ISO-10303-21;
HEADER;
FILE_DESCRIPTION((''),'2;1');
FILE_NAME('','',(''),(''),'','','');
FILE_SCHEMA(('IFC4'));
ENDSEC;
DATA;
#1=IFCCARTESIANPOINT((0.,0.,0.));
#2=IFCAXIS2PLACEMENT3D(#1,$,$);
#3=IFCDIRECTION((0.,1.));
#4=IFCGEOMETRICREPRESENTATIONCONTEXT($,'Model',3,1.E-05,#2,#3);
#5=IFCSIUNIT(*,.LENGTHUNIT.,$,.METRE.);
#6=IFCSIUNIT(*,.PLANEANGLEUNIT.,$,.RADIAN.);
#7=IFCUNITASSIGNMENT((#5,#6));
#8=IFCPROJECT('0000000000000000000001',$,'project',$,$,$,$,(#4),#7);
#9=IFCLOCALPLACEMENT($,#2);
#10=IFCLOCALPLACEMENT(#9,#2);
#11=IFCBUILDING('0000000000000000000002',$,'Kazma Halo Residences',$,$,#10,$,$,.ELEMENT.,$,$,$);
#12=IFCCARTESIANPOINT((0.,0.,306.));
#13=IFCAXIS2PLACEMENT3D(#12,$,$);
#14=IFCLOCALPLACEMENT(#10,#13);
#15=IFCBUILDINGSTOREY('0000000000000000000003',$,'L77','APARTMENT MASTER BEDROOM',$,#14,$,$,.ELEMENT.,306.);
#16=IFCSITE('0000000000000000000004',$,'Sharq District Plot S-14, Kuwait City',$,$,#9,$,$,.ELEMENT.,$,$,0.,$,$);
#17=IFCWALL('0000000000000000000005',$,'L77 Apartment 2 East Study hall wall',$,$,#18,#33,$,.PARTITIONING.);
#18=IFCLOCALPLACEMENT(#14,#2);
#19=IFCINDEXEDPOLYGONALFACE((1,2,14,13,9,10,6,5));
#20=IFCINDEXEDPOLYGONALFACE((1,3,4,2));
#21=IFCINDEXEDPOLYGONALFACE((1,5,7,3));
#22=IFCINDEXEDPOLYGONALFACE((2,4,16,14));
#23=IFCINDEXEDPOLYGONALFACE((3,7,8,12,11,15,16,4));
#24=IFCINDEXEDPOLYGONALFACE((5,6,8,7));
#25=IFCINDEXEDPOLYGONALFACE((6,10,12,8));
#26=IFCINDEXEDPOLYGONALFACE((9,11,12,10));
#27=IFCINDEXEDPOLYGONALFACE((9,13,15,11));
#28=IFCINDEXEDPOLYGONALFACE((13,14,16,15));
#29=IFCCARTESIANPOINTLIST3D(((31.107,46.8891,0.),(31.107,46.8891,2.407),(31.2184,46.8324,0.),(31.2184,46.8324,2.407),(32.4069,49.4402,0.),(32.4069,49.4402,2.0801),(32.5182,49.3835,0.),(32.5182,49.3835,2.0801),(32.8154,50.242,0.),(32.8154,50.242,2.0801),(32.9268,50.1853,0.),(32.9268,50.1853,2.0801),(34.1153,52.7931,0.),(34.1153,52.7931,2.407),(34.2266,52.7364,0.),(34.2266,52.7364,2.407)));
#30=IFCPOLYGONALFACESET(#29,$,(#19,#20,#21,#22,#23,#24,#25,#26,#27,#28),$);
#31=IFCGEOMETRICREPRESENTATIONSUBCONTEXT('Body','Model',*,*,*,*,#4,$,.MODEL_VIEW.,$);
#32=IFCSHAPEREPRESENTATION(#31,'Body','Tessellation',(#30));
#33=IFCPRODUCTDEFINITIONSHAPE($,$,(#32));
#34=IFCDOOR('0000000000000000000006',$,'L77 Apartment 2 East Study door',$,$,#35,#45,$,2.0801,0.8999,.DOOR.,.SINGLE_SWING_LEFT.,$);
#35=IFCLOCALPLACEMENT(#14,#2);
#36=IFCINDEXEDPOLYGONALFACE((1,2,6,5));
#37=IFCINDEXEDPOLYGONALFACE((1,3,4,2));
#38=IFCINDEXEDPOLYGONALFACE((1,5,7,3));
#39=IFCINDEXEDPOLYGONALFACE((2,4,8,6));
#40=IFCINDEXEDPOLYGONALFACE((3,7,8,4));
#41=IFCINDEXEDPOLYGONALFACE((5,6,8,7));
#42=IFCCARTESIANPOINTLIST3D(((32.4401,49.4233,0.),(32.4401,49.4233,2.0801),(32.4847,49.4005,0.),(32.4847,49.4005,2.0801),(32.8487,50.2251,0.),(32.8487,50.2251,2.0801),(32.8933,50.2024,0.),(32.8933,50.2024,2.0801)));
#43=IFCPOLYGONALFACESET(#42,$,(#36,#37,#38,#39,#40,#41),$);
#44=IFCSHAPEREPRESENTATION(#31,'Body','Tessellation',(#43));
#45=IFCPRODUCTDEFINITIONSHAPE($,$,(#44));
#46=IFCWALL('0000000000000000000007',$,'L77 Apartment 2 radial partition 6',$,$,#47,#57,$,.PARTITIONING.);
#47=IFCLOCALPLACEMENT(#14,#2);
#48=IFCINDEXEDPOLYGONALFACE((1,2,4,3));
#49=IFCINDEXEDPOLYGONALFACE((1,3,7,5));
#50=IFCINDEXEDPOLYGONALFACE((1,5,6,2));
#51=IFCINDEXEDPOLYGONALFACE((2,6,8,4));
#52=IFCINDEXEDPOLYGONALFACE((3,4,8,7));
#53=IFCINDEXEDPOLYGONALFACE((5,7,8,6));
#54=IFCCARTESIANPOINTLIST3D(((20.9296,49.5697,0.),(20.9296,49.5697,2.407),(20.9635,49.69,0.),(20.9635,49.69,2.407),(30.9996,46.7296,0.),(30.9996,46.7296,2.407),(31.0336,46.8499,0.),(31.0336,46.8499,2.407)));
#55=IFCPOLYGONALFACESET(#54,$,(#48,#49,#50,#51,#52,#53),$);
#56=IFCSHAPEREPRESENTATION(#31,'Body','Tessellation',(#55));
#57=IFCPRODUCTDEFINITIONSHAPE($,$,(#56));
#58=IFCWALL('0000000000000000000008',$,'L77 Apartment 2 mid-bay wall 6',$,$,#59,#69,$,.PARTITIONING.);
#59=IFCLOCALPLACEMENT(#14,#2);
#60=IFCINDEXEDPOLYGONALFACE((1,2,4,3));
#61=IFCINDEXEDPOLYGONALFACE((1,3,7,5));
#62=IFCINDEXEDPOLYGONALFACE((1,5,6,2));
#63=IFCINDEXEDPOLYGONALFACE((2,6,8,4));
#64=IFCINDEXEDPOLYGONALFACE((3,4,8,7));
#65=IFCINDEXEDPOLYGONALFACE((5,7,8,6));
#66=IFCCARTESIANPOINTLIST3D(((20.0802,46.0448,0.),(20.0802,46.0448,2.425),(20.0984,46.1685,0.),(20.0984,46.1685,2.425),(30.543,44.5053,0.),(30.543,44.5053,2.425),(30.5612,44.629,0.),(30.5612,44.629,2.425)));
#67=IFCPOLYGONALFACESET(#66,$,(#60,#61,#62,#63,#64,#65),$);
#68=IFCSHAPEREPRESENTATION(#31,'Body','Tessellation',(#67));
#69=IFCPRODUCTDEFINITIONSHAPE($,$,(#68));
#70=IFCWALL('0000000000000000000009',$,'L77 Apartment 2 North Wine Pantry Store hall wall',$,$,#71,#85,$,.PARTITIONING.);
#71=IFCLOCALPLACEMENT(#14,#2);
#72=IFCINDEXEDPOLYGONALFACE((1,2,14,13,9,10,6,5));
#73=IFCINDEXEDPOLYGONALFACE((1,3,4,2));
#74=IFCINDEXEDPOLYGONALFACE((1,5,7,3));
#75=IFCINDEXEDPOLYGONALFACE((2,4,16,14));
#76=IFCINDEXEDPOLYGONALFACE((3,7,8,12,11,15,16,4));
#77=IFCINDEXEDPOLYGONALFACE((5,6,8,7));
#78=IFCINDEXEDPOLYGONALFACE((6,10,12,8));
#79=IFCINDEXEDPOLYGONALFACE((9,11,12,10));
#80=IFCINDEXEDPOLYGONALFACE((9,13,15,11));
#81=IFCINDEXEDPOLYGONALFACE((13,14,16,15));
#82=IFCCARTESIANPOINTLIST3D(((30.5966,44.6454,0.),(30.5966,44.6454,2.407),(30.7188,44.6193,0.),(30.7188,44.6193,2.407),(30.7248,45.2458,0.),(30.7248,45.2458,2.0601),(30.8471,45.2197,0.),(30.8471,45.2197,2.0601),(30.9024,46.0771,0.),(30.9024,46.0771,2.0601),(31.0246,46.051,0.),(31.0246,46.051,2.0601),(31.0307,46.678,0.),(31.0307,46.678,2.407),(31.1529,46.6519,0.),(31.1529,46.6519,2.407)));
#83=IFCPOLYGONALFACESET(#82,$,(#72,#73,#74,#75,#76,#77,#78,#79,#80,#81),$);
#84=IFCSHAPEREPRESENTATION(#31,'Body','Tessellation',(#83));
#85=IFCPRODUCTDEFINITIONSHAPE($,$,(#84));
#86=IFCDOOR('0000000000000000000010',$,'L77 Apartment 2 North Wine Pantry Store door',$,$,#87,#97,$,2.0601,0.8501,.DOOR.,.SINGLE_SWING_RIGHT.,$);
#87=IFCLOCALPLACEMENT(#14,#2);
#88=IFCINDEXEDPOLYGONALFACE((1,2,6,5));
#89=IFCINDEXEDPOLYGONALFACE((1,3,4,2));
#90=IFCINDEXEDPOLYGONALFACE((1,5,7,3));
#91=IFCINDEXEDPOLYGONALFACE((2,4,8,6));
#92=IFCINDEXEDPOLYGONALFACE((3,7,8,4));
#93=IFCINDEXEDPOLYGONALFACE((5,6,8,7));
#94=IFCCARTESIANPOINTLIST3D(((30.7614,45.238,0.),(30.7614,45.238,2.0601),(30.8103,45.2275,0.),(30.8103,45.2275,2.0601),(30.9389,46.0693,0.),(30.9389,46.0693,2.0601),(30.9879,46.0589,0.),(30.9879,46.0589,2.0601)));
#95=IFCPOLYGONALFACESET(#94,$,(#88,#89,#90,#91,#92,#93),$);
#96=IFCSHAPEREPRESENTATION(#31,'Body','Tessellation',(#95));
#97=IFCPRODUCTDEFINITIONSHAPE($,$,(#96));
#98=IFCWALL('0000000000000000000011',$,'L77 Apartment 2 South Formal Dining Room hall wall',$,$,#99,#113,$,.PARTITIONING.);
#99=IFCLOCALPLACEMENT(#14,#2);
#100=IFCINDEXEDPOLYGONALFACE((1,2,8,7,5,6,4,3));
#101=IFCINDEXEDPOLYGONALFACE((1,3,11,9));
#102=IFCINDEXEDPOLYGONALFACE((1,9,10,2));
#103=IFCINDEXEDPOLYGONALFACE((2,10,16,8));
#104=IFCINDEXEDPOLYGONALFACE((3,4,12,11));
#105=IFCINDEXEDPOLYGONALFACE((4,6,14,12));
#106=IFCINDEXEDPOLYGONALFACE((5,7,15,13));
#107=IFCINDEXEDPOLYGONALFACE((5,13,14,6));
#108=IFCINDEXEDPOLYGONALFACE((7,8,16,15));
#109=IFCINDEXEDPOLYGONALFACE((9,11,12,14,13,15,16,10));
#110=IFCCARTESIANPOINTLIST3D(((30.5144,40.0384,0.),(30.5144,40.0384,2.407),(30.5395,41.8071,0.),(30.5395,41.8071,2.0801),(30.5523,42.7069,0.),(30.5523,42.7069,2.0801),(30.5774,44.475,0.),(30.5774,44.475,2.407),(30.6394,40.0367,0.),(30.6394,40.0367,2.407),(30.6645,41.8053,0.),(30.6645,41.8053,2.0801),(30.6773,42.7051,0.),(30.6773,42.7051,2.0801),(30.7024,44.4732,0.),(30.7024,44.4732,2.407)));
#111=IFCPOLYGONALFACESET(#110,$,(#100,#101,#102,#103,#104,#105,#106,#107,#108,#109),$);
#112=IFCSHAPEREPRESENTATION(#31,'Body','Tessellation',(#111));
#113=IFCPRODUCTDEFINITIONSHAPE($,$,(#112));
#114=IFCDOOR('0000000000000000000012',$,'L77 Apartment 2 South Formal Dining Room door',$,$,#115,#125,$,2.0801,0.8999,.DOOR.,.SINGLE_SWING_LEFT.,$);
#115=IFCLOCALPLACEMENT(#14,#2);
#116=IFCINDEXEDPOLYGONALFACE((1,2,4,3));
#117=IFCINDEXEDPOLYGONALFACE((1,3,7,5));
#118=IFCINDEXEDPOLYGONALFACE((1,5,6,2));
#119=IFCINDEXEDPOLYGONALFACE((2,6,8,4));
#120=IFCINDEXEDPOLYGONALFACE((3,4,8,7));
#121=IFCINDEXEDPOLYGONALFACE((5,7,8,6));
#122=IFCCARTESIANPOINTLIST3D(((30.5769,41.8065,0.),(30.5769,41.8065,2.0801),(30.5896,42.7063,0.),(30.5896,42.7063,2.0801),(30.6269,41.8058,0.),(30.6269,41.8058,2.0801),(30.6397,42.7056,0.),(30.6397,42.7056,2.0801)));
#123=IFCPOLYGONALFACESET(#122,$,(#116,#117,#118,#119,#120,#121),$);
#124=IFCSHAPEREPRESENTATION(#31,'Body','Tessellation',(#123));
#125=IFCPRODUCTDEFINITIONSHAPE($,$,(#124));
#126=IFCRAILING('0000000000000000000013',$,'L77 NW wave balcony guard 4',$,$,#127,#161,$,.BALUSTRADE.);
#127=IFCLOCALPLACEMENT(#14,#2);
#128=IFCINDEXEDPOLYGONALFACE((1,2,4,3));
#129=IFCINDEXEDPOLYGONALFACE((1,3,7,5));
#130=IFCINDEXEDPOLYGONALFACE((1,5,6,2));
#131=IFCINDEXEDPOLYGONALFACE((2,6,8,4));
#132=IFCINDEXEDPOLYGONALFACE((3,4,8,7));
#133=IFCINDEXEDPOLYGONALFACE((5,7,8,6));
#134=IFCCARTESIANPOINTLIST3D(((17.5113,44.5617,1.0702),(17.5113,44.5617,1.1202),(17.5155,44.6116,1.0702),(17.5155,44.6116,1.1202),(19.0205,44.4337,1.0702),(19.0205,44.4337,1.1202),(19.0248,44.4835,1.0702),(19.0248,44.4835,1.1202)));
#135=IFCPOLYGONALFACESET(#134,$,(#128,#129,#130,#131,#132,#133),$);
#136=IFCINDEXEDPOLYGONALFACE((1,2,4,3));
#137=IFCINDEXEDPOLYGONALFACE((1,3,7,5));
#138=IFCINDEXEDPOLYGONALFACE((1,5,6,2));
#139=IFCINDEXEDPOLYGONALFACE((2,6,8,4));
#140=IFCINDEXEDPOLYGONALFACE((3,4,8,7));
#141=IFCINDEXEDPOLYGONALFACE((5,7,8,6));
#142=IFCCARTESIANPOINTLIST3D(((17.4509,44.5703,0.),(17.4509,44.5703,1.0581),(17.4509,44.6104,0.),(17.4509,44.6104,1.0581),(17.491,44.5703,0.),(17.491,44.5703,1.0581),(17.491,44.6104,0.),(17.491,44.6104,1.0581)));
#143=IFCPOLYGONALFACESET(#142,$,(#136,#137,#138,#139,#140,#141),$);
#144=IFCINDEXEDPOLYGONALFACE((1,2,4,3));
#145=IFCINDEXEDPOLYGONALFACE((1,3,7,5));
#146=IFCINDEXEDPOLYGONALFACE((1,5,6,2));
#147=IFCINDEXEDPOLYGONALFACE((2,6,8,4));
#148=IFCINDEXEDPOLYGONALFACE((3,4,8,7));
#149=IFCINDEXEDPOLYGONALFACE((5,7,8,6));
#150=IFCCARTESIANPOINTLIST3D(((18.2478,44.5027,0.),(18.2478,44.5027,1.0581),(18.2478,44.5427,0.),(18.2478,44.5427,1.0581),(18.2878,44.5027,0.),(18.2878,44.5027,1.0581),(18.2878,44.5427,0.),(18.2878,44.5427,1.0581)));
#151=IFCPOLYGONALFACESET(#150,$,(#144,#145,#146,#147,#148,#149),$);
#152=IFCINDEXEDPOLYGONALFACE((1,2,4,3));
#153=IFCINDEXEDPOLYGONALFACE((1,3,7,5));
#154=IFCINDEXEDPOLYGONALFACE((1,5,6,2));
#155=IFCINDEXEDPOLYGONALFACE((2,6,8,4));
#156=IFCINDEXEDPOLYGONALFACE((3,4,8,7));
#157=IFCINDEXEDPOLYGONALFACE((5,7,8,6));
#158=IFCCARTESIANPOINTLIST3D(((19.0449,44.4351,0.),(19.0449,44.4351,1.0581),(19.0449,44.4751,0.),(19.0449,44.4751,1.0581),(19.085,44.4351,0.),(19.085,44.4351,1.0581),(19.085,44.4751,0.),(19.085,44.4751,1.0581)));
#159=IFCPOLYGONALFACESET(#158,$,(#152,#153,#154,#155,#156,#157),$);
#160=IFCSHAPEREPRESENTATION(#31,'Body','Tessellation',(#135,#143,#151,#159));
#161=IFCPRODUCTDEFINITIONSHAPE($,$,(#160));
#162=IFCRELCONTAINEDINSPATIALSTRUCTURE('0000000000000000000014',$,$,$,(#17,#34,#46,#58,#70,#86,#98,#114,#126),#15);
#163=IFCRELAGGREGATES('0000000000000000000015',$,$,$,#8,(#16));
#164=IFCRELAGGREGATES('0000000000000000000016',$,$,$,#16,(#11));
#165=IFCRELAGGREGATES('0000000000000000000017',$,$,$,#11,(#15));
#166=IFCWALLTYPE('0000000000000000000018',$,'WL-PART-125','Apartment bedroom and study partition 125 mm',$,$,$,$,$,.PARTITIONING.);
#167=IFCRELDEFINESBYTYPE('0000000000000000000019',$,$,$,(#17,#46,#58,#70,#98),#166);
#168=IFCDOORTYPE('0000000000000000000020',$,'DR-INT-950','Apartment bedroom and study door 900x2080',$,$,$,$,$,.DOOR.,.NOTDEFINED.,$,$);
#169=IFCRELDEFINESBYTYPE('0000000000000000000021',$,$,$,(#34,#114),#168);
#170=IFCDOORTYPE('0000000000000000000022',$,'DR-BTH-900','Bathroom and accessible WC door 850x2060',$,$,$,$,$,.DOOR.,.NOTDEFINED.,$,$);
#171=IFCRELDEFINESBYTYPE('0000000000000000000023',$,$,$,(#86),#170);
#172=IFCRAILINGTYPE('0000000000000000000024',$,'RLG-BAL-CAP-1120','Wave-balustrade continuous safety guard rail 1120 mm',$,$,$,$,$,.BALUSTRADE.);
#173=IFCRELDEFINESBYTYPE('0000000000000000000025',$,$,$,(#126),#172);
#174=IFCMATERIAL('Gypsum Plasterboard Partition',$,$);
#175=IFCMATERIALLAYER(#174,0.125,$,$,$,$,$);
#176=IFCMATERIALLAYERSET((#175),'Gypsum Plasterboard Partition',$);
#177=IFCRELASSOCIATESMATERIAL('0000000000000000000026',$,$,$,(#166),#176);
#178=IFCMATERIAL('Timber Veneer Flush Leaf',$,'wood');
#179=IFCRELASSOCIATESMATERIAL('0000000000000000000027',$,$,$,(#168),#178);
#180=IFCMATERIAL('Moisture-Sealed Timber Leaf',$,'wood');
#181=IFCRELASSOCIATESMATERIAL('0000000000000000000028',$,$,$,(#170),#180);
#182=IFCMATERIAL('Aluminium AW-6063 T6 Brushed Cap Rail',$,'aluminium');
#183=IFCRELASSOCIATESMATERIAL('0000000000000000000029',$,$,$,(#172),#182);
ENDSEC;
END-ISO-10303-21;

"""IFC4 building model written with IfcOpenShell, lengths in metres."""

from ifc_helpers import new_model, si_unit, direction, frame, frame_2d, origin, origin_2d, place, context, subcontext, project, spatial, rectangle, extrude, material, layer, layer_set, type_object, element, fill, save


model = new_model("IFC4")

# Units and contexts
model_context = context("Model", 3, precision=1e-05, world=origin(), true_north=direction((0.0, 1.0)))
body_context = subcontext(model_context, "Body", "Model", "MODEL_VIEW")
ifc_project = project(units=[si_unit("LENGTHUNIT", "METRE"), si_unit("PLANEANGLEUNIT", "RADIAN")], contexts=[model_context])

# Site, building, storey
site_placement = place(None, origin())
site = spatial("IfcSite", under=ifc_project, at=site_placement, Name="Sharq District Plot S-14, Kuwait City", CompositionType="ELEMENT", RefElevation=0.0)
building_placement = place(site_placement, origin())
building = spatial("IfcBuilding", under=site, at=building_placement, Name="Kazma Halo Residences", CompositionType="ELEMENT")
storey_placement = place(building_placement, frame((0.0, 0.0, 306.0)))
storey = spatial("IfcBuildingStorey", under=building, at=storey_placement, Name="L77", Description="APARTMENT MASTER BEDROOM", CompositionType="ELEMENT", Elevation=306.0)

# Wall, opening, door
ifc_material_1 = material(Name="Gypsum Plasterboard Partition")
ifc_layer_1 = layer(ifc_material_1, 0.125)
ifc_layer_set_1 = layer_set([ifc_layer_1], Name="Gypsum Plasterboard Partition")
wall_type_1 = type_object("IfcWallType", Name="WL-PART-125", Description="Apartment bedroom and study partition 125 mm", PredefinedType="PARTITIONING", material=ifc_layer_set_1)
wall_1_placement = place(storey_placement, frame((34.1709, 52.7646, 0.0), z_axis=(0.0, 0.0, 1.0), x_axis=(-0.453995, -0.891004, 0.0)))
wall_1 = element("IfcWall", 1, at=wall_1_placement, inside=storey, type_object=wall_type_1, Name="L77 Apartment 2 East Study hall wall", PredefinedType="PARTITIONING", context=body_context, shape_type="SweptSolid", body=[
    extrude(rectangle(XDim=6.6262, YDim=0.125, at=frame_2d((3.313, 0.0))), origin(), (0.0, 0.0, 1.0), 2.407),
])
opening_1_placement = place(wall_1_placement, frame((2.863, 0.0, 0.0)))
opening_1 = element("IfcOpeningElement", 2, at=opening_1_placement, cuts=wall_1, PredefinedType="OPENING", context=body_context, shape_type="SweptSolid", body=[
    extrude(rectangle(XDim=0.8999, YDim=2.0801, at=frame_2d((0.45, 1.04))), frame((0.0, 0.0725, 0.0), z_axis=(0.0, -1.0, 0.0), x_axis=(1.0, 0.0, 0.0)), (0.0, 0.0, 1.0), 0.145),
])
ifc_material_2 = material(Name="Timber Veneer Flush Leaf", Category="wood")
door_type_1 = type_object("IfcDoorType", Name="DR-INT-950", Description="Apartment bedroom and study door 900x2080", OperationType="NOTDEFINED", PredefinedType="DOOR", material=ifc_material_2)
door_1_placement = place(opening_1_placement, origin())
door_1 = element("IfcDoor", 3, at=door_1_placement, inside=storey, type_object=door_type_1, Name="L77 Apartment 2 East Study door", OperationType="SINGLE_SWING_LEFT", OverallHeight=2.0801, OverallWidth=0.8999, PredefinedType="DOOR", context=body_context, shape_type="SweptSolid", body=[
    extrude(rectangle(XDim=0.8999, YDim=2.0801, at=frame_2d((0.45, 1.04))), frame((0.0, 0.0249, 0.0), z_axis=(0.0, -1.0, 0.0), x_axis=(1.0, 0.0, 0.0)), (0.0, 0.0, 1.0), 0.05),
])
fill(opening_1, door_1)

# Walls
wall_2_placement = place(storey_placement, frame((31.0166, 46.7898, 0.0), z_axis=(0.0, 0.0, 1.0), x_axis=(-0.962454, 0.271444, 0.0)))
element("IfcWall", 4, at=wall_2_placement, inside=storey, type_object=wall_type_1, Name="L77 Apartment 2 radial partition 6", PredefinedType="PARTITIONING", context=body_context, shape_type="SweptSolid", body=[
    extrude(rectangle(XDim=10.4629, YDim=0.125, at=frame_2d((5.2314, 0.0))), origin(), (0.0, 0.0, 1.0), 2.407),
])
wall_3_placement = place(storey_placement, frame((30.552, 44.5671, 0.0), z_axis=(0.0, 0.0, 1.0), x_axis=(-0.989347, 0.145576, 0.0)))
element("IfcWall", 5, at=wall_3_placement, inside=storey, type_object=wall_type_1, Name="L77 Apartment 2 mid-bay wall 6", PredefinedType="PARTITIONING", context=body_context, shape_type="SweptSolid", body=[
    extrude(rectangle(XDim=10.5754, YDim=0.125, at=frame_2d((5.2876, 0.0))), origin(), (0.0, 0.0, 1.0), 2.425),
])

# Walls, openings, doors
wall_4_placement = place(storey_placement, frame((31.0918, 46.6648, 0.0), z_axis=(0.0, 0.0, 1.0), x_axis=(-0.208863, -0.977945, 0.0)))
wall_4 = element("IfcWall", 6, at=wall_4_placement, inside=storey, type_object=wall_type_1, Name="L77 Apartment 2 North Wine Pantry Store hall wall", PredefinedType="PARTITIONING", context=body_context, shape_type="SweptSolid", body=[
    extrude(rectangle(XDim=2.0784, YDim=0.125, at=frame_2d((1.0391, 0.0))), origin(), (0.0, 0.0, 1.0), 2.407),
])
opening_2_placement = place(wall_4_placement, frame((0.6143, 0.0, 0.0)))
opening_2 = element("IfcOpeningElement", 7, at=opening_2_placement, cuts=wall_4, PredefinedType="OPENING", context=body_context, shape_type="SweptSolid", body=[
    extrude(rectangle(XDim=0.8501, YDim=2.0601, at=frame_2d((0.425, 1.03))), frame((0.0, 0.0725, 0.0), z_axis=(0.0, -1.0, 0.0), x_axis=(1.0, 0.0, 0.0)), (0.0, 0.0, 1.0), 0.145),
])
ifc_material_3 = material(Name="Moisture-Sealed Timber Leaf", Category="wood")
door_type_2 = type_object("IfcDoorType", Name="DR-BTH-900", Description="Bathroom and accessible WC door 850x2060", OperationType="NOTDEFINED", PredefinedType="DOOR", material=ifc_material_3)
door_2_placement = place(opening_2_placement, origin())
door_2 = element("IfcDoor", 8, at=door_2_placement, inside=storey, type_object=door_type_2, Name="L77 Apartment 2 North Wine Pantry Store door", OperationType="SINGLE_SWING_RIGHT", OverallHeight=2.0601, OverallWidth=0.8501, PredefinedType="DOOR", context=body_context, shape_type="SweptSolid", body=[
    extrude(rectangle(XDim=0.8501, YDim=2.0601, at=frame_2d((0.425, 1.03))), frame((0.0, 0.0249, 0.0), z_axis=(0.0, -1.0, 0.0), x_axis=(1.0, 0.0, 0.0)), (0.0, 0.0, 1.0), 0.05),
])
fill(opening_2, door_2)
wall_5_placement = place(storey_placement, frame((30.6399, 44.4741, 0.0), z_axis=(0.0, 0.0, 1.0), x_axis=(-0.014196, -0.999899, 0.0)))
wall_5 = element("IfcWall", 9, at=wall_5_placement, inside=storey, type_object=wall_type_1, Name="L77 Apartment 2 South Formal Dining Room hall wall", PredefinedType="PARTITIONING", context=body_context, shape_type="SweptSolid", body=[
    extrude(rectangle(XDim=4.437, YDim=0.125, at=frame_2d((2.2185, 0.0))), origin(), (0.0, 0.0, 1.0), 2.407),
])
opening_3_placement = place(wall_5_placement, frame((1.7683, 0.0, 0.0)))
opening_3 = element("IfcOpeningElement", 10, at=opening_3_placement, cuts=wall_5, PredefinedType="OPENING", context=body_context, shape_type="SweptSolid", body=[
    extrude(rectangle(XDim=0.8999, YDim=2.0801, at=frame_2d((0.45, 1.04))), frame((0.0, 0.0725, 0.0), z_axis=(0.0, -1.0, 0.0), x_axis=(1.0, 0.0, 0.0)), (0.0, 0.0, 1.0), 0.145),
])
door_3_placement = place(opening_3_placement, origin())
door_3 = element("IfcDoor", 11, at=door_3_placement, inside=storey, type_object=door_type_1, Name="L77 Apartment 2 South Formal Dining Room door", OperationType="SINGLE_SWING_LEFT", OverallHeight=2.0801, OverallWidth=0.8999, PredefinedType="DOOR", context=body_context, shape_type="SweptSolid", body=[
    extrude(rectangle(XDim=0.8999, YDim=2.0801, at=frame_2d((0.45, 1.04))), frame((0.0, 0.0249, 0.0), z_axis=(0.0, -1.0, 0.0), x_axis=(1.0, 0.0, 0.0)), (0.0, 0.0, 1.0), 0.05),
])
fill(opening_3, door_3)

# Railing
ifc_material_4 = material(Name="Aluminium AW-6063 T6 Brushed Cap Rail", Category="aluminium")
railing_type = type_object("IfcRailingType", Name="RLG-BAL-CAP-1120", Description="Wave-balustrade continuous safety guard rail 1120 mm", PredefinedType="BALUSTRADE", material=ifc_material_4)
railing_placement = place(storey_placement, frame((17.4709, 44.5903, 0.0)))
element("IfcRailing", 12, at=railing_placement, inside=storey, type_object=railing_type, Name="L77 NW wave balcony guard 4", PredefinedType="BALUSTRADE", context=body_context, shape_type="SweptSolid", body=[
    extrude(rectangle(XDim=0.05, YDim=0.05, at=origin_2d()), frame((0.0425, -0.0037, 1.0952), z_axis=(0.996419, -0.084548, 0.0), x_axis=(0.084548, 0.996419, 0.0)), (0.0, 0.0, 1.0), 1.5146),
    extrude(rectangle(XDim=0.04, YDim=0.04, at=origin_2d()), origin(), (0.0, 0.0, 1.0), 1.0581),
    extrude(rectangle(XDim=0.04, YDim=0.04, at=origin_2d()), frame((0.7969, -0.0676, 0.0)), (0.0, 0.0, 1.0), 1.0581),
    extrude(rectangle(XDim=0.04, YDim=0.04, at=origin_2d()), frame((1.594, -0.1353, 0.0)), (0.0, 0.0, 1.0), 1.0581),
])

save(model, "model.ifc")
